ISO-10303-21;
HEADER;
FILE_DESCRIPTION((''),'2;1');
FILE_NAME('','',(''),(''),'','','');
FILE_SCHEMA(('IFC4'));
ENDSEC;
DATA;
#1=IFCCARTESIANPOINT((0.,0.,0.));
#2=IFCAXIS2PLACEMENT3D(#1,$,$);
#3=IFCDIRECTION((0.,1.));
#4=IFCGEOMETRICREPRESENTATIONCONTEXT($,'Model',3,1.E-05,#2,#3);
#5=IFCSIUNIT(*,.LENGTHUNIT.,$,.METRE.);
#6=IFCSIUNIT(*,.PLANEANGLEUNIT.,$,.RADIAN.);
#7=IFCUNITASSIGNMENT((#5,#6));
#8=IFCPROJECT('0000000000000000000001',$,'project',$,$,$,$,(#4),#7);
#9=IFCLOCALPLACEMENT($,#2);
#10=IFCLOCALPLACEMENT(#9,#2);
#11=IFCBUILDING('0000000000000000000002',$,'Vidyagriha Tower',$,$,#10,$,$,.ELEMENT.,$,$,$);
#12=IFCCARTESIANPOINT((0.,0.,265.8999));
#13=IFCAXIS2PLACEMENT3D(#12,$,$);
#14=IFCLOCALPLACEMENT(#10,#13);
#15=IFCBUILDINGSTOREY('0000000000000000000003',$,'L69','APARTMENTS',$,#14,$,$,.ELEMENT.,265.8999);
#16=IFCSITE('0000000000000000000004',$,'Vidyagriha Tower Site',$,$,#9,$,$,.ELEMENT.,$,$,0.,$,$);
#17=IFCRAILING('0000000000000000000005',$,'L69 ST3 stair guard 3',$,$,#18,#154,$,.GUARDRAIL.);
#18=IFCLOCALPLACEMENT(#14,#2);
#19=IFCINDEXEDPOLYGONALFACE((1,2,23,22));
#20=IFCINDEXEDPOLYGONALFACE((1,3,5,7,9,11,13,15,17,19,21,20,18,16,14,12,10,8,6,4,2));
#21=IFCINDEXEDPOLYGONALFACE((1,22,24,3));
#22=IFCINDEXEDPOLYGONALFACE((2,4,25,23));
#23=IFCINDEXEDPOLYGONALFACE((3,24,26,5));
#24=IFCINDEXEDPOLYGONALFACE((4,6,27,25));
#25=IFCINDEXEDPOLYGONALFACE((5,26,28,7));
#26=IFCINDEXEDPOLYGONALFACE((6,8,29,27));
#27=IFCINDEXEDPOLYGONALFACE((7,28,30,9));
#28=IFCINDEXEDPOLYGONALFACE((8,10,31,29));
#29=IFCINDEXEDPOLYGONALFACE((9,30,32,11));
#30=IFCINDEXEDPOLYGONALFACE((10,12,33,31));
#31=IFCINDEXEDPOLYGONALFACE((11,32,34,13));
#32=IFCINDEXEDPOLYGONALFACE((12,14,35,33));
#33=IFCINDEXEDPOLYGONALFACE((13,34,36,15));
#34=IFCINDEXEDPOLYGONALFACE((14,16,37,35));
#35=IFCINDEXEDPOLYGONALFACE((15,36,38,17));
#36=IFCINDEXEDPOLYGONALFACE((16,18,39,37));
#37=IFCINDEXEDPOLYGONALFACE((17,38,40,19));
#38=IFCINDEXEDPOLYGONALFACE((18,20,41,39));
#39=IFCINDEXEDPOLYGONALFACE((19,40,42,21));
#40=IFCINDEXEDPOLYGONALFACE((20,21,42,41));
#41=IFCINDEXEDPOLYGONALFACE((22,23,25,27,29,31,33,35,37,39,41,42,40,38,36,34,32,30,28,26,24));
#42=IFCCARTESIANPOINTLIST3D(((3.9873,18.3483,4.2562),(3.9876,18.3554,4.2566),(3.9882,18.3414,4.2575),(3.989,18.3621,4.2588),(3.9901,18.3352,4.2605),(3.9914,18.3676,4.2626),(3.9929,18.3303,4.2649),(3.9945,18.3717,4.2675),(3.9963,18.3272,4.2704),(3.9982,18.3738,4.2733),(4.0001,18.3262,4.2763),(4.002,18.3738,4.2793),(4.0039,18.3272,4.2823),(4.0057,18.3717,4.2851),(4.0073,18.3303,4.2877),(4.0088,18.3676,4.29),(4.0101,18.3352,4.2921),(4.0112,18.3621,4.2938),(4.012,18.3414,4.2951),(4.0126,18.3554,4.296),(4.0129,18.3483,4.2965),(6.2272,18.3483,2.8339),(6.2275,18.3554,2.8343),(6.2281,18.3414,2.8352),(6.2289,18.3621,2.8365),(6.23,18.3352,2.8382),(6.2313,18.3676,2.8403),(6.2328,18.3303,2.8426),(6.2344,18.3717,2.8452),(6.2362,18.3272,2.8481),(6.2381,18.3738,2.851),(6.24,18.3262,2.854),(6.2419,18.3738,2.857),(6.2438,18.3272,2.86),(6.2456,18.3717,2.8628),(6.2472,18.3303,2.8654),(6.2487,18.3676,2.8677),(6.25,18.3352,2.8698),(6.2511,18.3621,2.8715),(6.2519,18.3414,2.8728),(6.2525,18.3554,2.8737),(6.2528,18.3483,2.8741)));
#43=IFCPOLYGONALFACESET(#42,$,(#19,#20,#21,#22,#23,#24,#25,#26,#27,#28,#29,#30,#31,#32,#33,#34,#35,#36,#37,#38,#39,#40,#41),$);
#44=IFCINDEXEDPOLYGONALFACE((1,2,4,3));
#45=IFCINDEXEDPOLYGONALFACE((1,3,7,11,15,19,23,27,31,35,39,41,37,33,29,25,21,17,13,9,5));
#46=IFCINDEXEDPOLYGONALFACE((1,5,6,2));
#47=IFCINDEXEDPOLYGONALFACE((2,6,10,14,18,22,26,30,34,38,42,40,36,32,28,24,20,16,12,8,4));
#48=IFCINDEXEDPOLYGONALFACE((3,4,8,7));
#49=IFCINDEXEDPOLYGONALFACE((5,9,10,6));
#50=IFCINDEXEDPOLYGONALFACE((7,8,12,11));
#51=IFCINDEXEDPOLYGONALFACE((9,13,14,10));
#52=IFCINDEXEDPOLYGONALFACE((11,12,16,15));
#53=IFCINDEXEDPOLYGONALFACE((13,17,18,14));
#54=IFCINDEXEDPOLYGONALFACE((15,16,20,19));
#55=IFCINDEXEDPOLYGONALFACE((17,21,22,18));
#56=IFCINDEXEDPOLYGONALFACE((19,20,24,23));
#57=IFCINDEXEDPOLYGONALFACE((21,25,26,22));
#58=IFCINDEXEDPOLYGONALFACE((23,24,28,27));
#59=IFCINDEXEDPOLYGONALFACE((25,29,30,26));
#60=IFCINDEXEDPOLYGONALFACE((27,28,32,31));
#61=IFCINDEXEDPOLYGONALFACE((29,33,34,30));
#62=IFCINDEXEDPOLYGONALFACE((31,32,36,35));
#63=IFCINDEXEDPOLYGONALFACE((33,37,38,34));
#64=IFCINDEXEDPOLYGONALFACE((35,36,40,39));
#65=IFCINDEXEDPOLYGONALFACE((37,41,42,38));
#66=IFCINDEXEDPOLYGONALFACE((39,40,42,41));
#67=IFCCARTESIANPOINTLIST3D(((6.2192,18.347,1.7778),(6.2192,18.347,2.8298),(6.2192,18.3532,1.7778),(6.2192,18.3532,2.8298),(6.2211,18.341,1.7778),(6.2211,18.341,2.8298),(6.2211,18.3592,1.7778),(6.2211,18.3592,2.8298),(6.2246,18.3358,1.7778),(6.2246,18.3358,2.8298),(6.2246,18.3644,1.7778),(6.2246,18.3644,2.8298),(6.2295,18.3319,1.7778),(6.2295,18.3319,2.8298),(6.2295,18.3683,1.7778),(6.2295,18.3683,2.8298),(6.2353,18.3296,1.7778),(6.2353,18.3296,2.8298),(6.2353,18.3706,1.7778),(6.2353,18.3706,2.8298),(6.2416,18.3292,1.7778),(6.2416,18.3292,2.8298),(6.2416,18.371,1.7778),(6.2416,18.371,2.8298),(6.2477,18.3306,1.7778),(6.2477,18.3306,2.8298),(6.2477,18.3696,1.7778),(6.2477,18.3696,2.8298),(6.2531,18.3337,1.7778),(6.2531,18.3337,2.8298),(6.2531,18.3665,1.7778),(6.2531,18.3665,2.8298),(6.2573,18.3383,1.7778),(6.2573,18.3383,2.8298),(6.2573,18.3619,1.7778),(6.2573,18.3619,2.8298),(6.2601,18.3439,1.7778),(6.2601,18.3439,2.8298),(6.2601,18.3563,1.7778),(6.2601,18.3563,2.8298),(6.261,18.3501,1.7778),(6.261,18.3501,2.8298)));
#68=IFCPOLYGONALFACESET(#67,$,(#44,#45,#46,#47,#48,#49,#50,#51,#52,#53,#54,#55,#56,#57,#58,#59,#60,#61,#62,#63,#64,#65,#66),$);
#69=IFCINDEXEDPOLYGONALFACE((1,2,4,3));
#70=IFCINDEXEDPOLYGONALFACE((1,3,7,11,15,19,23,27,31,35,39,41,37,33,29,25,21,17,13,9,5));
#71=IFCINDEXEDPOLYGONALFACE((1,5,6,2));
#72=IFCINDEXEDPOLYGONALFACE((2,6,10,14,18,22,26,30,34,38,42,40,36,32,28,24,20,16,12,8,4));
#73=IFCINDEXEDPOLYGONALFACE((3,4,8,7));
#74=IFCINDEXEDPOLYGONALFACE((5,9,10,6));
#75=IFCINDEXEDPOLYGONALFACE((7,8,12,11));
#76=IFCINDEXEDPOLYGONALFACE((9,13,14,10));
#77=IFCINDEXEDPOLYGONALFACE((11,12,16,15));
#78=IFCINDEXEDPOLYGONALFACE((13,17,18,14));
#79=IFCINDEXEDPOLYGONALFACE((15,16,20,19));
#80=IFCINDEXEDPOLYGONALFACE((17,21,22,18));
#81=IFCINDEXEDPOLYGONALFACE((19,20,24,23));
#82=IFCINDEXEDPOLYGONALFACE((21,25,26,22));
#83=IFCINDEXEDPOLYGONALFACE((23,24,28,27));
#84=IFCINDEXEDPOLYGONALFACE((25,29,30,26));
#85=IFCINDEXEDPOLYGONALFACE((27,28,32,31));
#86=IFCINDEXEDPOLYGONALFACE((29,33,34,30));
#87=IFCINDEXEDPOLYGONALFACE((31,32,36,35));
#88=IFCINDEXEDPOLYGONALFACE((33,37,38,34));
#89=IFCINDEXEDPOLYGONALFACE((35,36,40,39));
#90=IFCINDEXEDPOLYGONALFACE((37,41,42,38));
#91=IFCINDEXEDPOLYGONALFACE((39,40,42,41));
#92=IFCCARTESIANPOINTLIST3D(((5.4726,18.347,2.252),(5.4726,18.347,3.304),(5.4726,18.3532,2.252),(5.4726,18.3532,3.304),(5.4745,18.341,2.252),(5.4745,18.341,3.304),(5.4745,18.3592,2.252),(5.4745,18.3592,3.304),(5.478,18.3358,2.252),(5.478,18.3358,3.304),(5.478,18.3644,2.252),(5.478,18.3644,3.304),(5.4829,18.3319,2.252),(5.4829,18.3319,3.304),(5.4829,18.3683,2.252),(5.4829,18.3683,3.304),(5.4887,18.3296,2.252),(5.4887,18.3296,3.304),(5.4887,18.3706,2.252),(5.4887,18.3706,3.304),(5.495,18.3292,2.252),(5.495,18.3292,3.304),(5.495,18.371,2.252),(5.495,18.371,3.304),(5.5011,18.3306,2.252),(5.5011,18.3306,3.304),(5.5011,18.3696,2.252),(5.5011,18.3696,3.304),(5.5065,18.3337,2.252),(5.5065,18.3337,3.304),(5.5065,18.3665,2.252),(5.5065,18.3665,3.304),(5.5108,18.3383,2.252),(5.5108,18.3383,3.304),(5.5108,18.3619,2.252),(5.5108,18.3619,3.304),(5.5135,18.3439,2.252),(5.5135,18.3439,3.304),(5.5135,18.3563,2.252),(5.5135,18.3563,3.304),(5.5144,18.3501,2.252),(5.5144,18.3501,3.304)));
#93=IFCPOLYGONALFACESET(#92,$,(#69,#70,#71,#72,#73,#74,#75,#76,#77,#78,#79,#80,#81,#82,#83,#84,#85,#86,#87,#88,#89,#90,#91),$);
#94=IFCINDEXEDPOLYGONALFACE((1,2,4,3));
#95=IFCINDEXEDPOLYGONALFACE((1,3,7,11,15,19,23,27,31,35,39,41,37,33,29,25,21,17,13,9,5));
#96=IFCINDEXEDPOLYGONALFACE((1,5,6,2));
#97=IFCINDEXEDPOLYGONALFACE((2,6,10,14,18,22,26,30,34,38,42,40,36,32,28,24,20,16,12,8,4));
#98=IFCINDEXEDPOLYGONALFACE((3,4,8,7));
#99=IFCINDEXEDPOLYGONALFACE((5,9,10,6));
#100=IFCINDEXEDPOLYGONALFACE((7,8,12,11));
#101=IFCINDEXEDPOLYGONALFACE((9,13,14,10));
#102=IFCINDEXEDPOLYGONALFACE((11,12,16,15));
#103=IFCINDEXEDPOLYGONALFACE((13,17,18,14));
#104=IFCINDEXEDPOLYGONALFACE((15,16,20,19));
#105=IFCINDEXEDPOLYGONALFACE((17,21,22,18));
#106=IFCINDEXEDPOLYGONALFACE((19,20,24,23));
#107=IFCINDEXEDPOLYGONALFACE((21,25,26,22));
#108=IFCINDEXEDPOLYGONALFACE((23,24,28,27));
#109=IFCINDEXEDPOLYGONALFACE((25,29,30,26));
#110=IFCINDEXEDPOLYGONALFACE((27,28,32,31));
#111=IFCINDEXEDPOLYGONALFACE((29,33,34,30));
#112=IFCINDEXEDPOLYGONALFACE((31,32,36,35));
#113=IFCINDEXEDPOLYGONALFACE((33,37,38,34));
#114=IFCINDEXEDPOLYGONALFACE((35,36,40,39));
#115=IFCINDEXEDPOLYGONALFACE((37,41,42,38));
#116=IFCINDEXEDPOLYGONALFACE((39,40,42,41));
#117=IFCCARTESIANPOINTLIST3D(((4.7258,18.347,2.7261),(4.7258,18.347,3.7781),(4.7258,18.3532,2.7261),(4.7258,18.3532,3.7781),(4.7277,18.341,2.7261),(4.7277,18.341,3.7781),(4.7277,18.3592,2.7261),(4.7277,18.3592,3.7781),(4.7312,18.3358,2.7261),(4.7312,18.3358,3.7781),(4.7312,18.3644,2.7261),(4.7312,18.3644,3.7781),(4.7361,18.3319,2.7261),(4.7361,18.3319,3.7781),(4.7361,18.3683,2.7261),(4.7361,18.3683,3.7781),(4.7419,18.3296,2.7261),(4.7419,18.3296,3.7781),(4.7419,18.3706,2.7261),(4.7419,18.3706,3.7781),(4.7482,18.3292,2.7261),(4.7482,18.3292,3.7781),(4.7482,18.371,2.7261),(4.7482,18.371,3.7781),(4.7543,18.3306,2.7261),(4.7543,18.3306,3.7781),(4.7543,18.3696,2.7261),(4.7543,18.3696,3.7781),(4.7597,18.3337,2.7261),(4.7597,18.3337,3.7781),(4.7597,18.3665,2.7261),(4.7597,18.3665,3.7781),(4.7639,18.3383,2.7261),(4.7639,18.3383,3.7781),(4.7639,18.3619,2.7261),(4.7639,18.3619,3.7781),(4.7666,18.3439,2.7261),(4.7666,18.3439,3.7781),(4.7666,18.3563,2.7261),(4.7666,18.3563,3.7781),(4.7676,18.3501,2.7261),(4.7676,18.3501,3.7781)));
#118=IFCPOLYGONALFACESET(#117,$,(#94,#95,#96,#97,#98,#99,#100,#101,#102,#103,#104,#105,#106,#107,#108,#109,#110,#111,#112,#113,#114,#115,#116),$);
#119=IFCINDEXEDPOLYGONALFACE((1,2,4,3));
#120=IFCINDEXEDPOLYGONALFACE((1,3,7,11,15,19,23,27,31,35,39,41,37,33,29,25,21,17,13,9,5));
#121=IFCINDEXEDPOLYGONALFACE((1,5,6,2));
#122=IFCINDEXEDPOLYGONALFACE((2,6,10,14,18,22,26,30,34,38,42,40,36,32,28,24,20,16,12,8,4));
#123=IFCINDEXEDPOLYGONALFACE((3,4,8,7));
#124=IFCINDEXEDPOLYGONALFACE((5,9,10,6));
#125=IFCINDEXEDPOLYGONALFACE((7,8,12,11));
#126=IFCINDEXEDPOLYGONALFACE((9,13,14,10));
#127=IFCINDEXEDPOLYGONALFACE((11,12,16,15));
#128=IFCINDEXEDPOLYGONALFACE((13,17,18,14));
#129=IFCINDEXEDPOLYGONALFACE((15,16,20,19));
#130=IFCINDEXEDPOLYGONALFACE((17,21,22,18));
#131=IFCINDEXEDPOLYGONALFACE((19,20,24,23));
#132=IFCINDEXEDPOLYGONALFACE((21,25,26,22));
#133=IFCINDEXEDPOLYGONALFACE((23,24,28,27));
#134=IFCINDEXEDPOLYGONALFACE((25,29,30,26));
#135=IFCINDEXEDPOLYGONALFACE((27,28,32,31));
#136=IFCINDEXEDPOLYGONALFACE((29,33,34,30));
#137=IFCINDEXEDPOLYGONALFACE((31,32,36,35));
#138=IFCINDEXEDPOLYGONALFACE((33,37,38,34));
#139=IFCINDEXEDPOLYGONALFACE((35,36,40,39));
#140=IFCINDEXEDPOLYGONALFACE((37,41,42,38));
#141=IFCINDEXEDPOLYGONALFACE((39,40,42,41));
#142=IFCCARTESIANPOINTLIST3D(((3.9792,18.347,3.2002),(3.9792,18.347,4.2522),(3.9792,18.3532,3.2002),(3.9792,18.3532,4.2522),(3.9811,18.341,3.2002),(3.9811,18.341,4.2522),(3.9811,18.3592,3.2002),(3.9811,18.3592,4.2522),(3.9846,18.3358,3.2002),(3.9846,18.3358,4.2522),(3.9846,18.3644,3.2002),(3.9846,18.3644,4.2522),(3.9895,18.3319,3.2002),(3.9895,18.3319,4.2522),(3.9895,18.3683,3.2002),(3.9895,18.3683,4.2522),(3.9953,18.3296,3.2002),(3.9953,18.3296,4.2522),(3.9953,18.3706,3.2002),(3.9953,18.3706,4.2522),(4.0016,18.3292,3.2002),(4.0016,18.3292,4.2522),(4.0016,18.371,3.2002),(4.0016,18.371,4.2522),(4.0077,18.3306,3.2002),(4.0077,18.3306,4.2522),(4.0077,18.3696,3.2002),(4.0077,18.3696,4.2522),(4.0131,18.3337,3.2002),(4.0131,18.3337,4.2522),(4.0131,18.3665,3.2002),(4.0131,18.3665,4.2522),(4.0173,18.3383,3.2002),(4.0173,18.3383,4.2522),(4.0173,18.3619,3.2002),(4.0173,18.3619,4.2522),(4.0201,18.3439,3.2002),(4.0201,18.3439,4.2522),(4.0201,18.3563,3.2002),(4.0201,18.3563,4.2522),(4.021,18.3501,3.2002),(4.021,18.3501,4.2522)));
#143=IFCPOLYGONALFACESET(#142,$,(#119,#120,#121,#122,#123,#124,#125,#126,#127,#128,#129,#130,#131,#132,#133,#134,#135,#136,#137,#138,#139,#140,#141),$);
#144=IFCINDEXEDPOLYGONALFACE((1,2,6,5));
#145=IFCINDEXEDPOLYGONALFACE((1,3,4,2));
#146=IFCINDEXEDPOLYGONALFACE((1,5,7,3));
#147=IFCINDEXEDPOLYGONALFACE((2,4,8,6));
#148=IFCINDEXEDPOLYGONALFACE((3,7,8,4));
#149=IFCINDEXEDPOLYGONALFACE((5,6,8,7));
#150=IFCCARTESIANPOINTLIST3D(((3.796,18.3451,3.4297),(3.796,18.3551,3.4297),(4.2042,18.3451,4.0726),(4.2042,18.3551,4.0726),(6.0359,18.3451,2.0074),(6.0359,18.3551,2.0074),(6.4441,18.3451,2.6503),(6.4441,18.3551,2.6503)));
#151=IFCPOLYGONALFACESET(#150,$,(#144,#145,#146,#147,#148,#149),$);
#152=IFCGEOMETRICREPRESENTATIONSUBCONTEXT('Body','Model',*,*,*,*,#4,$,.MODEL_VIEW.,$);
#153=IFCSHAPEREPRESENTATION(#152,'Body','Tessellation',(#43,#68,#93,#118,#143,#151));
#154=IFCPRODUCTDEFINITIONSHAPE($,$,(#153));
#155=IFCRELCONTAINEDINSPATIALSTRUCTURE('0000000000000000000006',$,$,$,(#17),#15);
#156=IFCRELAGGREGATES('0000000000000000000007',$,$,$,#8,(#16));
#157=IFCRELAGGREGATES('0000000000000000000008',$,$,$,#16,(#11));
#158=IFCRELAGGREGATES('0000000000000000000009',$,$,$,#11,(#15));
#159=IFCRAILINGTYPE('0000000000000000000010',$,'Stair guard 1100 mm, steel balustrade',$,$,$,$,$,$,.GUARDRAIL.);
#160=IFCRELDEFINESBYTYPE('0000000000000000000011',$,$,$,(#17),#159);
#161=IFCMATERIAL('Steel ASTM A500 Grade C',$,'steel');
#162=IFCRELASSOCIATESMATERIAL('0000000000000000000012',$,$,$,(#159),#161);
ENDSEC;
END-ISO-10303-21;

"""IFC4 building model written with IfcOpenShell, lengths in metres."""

from ifc_helpers import new_model, si_unit, direction, frame, origin, origin_2d, place, context, subcontext, project, spatial, rectangle, circle, extrude, material, type_object, element, save


model = new_model("IFC4")

# Units and contexts
model_context = context("Model", 3, precision=1e-05, world=origin(), true_north=direction((0.0, 1.0)))
body_context = subcontext(model_context, "Body", "Model", "MODEL_VIEW")
ifc_project = project(units=[si_unit("LENGTHUNIT", "METRE"), si_unit("PLANEANGLEUNIT", "RADIAN")], contexts=[model_context])

# Site, building, storey
site_placement = place(None, origin())
site = spatial("IfcSite", under=ifc_project, at=site_placement, Name="Vidyagriha Tower Site", CompositionType="ELEMENT", RefElevation=0.0)
building_placement = place(site_placement, origin())
building = spatial("IfcBuilding", under=site, at=building_placement, Name="Vidyagriha Tower", CompositionType="ELEMENT")
storey_placement = place(building_placement, frame((0.0, 0.0, 265.8999)))
storey = spatial("IfcBuildingStorey", under=building, at=storey_placement, Name="L69", Description="APARTMENTS", CompositionType="ELEMENT", Elevation=265.8999)

# Railing
ifc_material_1 = material(Name="Steel ASTM A500 Grade C", Category="steel")
railing_type_1 = type_object("IfcRailingType", Name="Stair guard 1100 mm, steel balustrade", PredefinedType="GUARDRAIL", material=ifc_material_1)
railing_1_placement = place(storey_placement, frame((6.24, 18.3501, 1.7778)))
element("IfcRailing", 1, at=railing_1_placement, inside=storey, type_object=railing_type_1, Name="L69 ST3 stair guard 3", PredefinedType="GUARDRAIL", context=body_context, shape_type="SweptSolid", body=[
    extrude(circle(Radius=0.0239, at=origin_2d()), frame((0.0, 0.0, 1.0762), z_axis=(-0.844188, 0.0, 0.536048), x_axis=(0.0, -1.0, 0.0)), (0.0, 0.0, 1.0), 2.6533),
    extrude(circle(Radius=0.021, at=origin_2d()), origin(), (0.0, 0.0, 1.0), 1.052),
    extrude(circle(Radius=0.021, at=origin_2d()), frame((-0.7466, 0.0, 0.4741)), (0.0, 0.0, 1.0), 1.052),
    extrude(circle(Radius=0.021, at=origin_2d()), frame((-1.4934, 0.0, 0.9482)), (0.0, 0.0, 1.0), 1.052),
    extrude(circle(Radius=0.021, at=origin_2d()), frame((-2.24, 0.0, 1.4224)), (0.0, 0.0, 1.0), 1.052),
    extrude(rectangle(XDim=0.01, YDim=0.7615, at=origin_2d()), frame((0.0, 0.0, 0.551), z_axis=(-0.844188, 0.0, 0.536048), x_axis=(0.0, -1.0, 0.0)), (0.0, 0.0, 1.0), 2.6533),
])

save(model, "model.ifc")
